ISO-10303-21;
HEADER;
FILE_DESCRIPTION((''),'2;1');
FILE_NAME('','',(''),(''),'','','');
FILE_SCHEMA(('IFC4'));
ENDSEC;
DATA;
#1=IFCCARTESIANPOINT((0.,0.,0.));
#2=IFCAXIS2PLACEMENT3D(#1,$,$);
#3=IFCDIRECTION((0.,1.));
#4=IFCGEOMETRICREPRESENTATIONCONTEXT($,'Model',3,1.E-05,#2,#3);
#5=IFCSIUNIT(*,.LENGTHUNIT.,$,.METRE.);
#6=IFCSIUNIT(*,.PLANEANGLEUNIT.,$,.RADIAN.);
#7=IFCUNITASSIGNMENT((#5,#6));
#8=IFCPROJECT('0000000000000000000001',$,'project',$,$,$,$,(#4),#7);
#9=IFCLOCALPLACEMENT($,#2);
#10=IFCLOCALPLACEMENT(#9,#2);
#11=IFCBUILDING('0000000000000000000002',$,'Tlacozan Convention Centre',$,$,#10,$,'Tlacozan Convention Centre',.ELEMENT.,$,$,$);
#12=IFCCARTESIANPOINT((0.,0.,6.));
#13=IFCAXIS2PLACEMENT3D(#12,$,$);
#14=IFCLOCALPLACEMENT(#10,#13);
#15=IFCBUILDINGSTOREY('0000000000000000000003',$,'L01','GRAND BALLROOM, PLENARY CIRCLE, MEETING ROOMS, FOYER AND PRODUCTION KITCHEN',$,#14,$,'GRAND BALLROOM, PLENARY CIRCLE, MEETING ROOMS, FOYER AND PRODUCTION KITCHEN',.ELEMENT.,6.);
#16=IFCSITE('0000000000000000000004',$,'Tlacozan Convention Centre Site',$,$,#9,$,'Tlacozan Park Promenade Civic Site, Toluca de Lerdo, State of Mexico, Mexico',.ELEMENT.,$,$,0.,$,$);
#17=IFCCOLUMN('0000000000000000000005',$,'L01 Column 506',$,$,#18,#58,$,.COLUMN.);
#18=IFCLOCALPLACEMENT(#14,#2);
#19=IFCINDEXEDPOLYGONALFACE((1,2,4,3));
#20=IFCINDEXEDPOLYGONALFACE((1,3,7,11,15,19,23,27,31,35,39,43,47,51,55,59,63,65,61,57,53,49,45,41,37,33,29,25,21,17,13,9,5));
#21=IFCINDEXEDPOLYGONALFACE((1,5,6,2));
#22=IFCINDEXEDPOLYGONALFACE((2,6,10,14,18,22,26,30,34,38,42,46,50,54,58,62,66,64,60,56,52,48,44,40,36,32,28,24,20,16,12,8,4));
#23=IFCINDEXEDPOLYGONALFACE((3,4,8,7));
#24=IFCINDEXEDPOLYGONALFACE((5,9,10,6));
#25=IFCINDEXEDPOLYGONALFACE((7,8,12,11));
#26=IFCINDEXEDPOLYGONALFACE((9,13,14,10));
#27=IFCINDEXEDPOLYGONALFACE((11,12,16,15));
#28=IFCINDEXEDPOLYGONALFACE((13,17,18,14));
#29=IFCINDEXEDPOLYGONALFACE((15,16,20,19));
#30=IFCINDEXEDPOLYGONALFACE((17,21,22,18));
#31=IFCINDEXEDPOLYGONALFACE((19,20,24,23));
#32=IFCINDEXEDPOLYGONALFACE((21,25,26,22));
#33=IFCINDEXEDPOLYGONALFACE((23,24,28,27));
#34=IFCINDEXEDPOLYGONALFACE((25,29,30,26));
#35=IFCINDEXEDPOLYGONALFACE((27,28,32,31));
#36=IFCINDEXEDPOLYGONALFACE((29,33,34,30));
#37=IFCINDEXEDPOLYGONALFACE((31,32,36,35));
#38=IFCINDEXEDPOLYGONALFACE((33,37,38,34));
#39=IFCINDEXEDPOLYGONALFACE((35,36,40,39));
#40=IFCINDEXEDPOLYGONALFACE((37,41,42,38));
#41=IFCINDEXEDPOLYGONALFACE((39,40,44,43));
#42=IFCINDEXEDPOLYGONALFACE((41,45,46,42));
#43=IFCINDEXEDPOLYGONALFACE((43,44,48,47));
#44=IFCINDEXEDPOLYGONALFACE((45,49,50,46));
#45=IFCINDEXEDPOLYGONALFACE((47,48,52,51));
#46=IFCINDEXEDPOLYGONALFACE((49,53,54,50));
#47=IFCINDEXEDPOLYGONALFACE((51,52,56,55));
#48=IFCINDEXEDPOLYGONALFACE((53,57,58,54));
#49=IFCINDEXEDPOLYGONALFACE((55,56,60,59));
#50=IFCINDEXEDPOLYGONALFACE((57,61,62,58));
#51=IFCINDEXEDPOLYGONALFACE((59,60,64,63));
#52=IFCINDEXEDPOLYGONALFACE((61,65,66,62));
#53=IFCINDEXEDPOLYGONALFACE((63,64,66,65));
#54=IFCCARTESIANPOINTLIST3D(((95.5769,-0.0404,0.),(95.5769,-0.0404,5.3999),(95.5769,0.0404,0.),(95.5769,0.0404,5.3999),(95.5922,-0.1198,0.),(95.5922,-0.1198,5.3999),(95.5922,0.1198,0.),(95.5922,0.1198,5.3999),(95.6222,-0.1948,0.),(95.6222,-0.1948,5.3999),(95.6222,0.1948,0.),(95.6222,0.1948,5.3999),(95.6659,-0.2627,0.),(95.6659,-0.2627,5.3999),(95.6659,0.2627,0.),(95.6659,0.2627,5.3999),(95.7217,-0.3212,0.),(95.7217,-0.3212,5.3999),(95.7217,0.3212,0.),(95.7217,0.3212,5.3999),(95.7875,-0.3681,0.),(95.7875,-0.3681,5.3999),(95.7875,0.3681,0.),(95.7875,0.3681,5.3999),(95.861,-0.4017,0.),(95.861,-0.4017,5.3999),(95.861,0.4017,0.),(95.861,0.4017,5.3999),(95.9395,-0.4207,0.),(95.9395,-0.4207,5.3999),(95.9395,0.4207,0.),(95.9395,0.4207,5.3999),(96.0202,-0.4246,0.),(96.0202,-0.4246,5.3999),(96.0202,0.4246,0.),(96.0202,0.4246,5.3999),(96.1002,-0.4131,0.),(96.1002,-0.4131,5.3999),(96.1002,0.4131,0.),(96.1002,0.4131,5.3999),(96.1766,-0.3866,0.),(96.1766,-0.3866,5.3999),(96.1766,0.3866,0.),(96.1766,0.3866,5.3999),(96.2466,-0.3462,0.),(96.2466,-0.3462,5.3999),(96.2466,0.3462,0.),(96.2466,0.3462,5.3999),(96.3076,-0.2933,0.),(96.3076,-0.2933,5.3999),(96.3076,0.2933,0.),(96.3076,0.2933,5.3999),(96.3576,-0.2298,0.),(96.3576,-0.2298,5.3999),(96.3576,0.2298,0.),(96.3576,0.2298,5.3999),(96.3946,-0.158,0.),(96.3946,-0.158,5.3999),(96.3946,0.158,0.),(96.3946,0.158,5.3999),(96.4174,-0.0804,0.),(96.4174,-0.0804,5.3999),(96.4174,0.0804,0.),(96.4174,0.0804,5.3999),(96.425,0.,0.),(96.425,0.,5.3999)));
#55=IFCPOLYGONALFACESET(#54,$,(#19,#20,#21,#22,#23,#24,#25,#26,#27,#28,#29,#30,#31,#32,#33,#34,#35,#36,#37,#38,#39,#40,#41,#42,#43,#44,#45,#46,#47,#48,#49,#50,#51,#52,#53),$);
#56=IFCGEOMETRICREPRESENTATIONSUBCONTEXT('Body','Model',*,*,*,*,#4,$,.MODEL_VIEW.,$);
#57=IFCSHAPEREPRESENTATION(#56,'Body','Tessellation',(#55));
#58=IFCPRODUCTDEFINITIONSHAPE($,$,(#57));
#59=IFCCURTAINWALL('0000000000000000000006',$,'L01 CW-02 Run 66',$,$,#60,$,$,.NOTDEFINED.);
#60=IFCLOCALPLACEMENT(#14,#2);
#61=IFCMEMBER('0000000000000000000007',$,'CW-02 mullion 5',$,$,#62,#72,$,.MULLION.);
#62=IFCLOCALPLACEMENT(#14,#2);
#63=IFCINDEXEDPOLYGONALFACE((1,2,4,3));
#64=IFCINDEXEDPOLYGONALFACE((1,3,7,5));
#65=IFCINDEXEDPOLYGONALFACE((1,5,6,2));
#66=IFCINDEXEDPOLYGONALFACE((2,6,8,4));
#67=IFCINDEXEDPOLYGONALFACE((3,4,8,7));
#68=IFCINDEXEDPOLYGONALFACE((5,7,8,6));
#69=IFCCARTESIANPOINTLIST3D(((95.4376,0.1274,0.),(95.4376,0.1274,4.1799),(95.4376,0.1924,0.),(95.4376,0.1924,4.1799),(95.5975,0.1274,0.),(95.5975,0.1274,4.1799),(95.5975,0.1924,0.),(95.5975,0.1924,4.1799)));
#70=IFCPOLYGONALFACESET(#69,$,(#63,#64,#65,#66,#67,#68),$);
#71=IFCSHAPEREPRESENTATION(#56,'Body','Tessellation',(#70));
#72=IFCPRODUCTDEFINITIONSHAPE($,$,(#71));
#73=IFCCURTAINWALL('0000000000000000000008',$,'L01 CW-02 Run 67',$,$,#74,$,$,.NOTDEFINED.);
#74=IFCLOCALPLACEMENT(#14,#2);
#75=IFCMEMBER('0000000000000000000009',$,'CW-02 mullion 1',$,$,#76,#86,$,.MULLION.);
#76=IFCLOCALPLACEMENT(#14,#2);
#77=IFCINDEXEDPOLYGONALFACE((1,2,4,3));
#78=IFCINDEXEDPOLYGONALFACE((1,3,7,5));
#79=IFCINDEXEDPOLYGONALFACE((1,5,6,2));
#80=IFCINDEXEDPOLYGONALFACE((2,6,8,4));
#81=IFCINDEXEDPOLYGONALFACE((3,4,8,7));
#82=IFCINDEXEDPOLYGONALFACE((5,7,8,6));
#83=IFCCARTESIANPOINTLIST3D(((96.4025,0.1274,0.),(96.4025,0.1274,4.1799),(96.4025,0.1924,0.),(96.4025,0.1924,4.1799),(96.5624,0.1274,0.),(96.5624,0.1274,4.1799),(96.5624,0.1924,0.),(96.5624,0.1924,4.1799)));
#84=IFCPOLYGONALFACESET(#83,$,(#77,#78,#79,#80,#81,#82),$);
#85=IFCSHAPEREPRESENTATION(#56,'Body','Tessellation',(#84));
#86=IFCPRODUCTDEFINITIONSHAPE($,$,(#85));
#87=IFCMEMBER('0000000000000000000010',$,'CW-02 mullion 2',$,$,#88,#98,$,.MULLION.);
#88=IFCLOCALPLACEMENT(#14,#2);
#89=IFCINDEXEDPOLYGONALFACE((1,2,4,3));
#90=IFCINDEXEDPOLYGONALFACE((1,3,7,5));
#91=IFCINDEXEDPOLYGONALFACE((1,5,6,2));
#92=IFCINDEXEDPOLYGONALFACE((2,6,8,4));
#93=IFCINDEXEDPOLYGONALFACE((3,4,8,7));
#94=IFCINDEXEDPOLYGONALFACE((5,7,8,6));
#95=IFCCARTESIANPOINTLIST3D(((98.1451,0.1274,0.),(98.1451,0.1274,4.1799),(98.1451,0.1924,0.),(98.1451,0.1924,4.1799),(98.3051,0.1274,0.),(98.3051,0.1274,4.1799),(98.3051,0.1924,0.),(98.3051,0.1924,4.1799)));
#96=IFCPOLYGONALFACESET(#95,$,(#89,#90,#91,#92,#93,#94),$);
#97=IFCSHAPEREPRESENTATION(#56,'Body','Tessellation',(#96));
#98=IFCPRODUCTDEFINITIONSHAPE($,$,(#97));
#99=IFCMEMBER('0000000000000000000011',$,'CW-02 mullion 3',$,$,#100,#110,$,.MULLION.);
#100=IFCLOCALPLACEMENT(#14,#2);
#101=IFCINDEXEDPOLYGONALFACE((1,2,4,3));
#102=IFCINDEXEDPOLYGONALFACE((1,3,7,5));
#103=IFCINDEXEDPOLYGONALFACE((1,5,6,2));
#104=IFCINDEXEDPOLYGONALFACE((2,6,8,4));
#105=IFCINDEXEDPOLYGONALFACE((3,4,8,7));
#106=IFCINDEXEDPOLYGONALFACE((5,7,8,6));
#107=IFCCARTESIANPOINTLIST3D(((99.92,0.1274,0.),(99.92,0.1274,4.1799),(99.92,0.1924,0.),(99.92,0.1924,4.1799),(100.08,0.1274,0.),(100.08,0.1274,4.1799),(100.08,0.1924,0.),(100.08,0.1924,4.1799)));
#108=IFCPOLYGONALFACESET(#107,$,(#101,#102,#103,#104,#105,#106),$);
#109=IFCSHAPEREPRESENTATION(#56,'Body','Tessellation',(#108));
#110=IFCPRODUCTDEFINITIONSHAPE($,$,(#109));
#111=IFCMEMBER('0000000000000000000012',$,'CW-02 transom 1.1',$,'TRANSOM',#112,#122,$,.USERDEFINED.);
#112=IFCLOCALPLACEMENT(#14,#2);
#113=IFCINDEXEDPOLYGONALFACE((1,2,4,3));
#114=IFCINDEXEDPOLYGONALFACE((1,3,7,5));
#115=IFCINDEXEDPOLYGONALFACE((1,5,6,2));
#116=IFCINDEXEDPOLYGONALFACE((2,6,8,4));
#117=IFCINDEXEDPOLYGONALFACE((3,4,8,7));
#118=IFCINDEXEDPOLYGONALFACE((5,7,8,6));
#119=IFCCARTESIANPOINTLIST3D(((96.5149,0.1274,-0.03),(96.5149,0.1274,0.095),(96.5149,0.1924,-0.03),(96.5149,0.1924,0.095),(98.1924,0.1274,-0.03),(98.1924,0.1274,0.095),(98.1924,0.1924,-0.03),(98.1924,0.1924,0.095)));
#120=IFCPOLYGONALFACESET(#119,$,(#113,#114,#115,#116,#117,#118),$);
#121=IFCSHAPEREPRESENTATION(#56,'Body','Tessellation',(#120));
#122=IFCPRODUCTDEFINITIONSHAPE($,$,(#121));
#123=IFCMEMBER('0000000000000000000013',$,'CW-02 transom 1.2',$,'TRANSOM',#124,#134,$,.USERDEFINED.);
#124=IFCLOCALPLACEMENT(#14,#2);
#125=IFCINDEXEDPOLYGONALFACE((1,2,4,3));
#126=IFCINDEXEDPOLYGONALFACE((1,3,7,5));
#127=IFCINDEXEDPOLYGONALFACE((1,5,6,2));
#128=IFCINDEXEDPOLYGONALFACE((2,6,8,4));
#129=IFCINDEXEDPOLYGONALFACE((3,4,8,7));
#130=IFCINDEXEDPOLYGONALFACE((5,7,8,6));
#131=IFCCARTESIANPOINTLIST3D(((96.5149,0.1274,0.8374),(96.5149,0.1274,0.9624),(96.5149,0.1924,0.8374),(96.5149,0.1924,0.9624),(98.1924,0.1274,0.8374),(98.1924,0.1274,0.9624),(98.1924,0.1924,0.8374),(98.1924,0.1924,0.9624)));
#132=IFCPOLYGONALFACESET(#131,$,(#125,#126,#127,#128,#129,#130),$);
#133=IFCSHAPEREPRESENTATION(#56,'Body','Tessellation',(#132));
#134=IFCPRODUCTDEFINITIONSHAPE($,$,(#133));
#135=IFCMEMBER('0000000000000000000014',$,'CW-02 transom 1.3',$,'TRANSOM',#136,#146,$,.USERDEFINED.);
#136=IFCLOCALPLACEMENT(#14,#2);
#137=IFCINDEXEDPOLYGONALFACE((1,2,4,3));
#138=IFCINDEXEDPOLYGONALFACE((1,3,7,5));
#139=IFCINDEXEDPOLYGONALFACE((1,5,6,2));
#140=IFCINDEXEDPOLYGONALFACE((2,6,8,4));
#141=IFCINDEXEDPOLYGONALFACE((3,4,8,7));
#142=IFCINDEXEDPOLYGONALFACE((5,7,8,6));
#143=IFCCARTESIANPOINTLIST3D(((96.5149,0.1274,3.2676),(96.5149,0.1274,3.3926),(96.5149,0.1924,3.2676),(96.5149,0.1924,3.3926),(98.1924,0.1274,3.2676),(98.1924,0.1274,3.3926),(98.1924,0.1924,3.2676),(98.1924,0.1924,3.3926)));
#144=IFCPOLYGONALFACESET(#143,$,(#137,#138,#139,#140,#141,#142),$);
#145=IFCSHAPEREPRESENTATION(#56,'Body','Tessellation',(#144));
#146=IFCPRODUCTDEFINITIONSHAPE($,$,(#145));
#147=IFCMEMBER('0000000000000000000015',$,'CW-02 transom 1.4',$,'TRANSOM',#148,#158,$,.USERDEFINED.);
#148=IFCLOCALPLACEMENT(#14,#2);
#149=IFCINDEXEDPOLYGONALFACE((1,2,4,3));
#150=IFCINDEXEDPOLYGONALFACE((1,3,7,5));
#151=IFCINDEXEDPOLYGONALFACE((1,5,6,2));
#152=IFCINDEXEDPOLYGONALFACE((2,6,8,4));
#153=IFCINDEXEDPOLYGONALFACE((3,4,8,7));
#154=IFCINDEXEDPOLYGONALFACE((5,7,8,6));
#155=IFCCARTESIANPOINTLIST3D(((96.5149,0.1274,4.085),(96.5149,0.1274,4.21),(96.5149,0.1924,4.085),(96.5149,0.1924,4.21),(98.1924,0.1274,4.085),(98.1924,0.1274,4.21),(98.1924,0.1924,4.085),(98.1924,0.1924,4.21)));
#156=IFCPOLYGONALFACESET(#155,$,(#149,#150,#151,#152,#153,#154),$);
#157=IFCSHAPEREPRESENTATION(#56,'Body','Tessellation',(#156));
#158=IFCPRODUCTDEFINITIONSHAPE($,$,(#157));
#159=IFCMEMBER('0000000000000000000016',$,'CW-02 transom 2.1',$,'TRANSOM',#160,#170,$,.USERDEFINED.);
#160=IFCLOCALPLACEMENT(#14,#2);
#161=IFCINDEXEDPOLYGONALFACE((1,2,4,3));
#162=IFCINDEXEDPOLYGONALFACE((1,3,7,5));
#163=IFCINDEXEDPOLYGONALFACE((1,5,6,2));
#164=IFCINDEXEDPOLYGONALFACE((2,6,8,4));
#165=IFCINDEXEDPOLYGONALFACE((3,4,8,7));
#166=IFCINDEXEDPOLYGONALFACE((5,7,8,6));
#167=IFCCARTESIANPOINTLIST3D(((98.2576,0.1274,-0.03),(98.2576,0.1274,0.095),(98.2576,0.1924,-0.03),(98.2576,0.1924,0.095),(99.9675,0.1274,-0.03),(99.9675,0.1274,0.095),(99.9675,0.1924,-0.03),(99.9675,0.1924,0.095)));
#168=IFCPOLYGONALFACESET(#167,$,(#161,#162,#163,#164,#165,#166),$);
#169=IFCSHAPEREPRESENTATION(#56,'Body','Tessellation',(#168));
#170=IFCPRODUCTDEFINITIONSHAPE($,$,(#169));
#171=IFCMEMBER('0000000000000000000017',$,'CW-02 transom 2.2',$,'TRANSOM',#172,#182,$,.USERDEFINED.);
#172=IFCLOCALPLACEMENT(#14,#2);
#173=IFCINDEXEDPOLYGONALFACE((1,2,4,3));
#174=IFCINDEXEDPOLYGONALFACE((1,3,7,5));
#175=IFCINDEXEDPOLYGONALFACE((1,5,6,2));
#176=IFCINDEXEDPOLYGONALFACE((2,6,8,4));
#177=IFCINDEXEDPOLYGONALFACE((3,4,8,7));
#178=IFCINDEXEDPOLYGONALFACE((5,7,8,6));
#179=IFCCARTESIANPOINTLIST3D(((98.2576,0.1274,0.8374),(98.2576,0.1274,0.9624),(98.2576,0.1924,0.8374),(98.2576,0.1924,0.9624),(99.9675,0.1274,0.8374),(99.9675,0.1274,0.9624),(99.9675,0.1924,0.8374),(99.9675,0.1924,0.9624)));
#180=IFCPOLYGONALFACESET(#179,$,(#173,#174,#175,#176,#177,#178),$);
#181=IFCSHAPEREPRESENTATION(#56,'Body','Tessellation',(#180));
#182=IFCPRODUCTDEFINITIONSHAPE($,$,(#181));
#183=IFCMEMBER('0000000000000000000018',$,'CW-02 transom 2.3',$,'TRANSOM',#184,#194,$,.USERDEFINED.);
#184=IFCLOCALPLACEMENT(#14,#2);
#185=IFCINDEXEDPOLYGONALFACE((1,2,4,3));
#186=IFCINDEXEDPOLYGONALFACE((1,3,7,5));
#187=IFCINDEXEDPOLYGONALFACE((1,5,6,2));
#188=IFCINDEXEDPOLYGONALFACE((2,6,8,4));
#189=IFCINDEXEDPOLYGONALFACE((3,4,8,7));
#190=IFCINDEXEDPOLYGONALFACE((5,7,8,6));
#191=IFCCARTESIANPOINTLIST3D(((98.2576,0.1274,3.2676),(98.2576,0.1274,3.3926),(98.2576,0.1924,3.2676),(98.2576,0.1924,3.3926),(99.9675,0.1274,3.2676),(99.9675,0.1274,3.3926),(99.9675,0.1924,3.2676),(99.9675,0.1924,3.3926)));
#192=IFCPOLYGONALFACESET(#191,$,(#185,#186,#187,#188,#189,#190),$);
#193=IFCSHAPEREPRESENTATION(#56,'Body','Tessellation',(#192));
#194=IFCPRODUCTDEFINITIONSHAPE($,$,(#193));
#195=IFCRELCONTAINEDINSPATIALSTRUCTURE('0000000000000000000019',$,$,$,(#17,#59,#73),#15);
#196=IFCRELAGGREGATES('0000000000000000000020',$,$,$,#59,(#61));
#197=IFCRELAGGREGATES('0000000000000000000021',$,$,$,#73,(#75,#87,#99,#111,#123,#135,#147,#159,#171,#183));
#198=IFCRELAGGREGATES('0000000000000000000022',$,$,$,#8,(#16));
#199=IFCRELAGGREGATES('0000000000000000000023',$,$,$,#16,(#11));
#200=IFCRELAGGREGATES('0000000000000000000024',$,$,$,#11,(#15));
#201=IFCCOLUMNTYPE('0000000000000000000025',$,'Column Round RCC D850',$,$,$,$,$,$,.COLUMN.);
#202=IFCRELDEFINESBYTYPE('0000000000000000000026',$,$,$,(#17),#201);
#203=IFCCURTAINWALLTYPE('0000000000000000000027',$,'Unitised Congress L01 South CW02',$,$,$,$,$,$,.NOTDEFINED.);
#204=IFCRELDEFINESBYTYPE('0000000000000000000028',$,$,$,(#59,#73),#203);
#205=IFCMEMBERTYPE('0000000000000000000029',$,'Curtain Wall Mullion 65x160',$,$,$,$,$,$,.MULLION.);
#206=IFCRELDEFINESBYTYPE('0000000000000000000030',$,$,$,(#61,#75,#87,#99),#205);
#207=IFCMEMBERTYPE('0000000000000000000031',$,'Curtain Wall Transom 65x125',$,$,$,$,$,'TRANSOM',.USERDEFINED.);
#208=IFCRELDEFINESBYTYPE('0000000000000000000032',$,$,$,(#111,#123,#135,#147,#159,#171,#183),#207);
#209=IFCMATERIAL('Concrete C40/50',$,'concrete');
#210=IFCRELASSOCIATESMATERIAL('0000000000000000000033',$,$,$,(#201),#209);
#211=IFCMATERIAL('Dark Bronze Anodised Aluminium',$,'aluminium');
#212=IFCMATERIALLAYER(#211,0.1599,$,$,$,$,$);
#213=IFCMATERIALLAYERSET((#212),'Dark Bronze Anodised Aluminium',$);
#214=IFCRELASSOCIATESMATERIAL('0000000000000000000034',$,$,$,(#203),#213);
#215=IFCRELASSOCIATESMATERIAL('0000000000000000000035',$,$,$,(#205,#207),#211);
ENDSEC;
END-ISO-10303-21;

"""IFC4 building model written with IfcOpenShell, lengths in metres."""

from ifc_helpers import new_model, si_unit, direction, frame, origin, origin_2d, place, context, subcontext, project, spatial, rectangle, circle, extrude, material, layer, layer_set, material_profile, profile_set, type_object, element, aggregate, save


model = new_model("IFC4")

# Units and contexts
model_context = context("Model", 3, precision=1e-05, world=origin(), true_north=direction((0.0, 1.0)))
body_context = subcontext(model_context, "Body", "Model", "MODEL_VIEW")
ifc_project = project(units=[si_unit("LENGTHUNIT", "METRE"), si_unit("PLANEANGLEUNIT", "RADIAN")], contexts=[model_context])

# Site, building, storey
site_placement = place(None, origin())
site = spatial("IfcSite", under=ifc_project, at=site_placement, Name="Tlacozan Convention Centre Site", LongName="Tlacozan Park Promenade Civic Site, Toluca de Lerdo, State of Mexico, Mexico", CompositionType="ELEMENT", RefElevation=0.0)
building_placement = place(site_placement, origin())
building = spatial("IfcBuilding", under=site, at=building_placement, Name="Tlacozan Convention Centre", LongName="Tlacozan Convention Centre", CompositionType="ELEMENT")
storey_placement = place(building_placement, frame((0.0, 0.0, 6.0)))
storey = spatial("IfcBuildingStorey", under=building, at=storey_placement, Name="L01", Description="GRAND BALLROOM, PLENARY CIRCLE, MEETING ROOMS, FOYER AND PRODUCTION KITCHEN", LongName="GRAND BALLROOM, PLENARY CIRCLE, MEETING ROOMS, FOYER AND PRODUCTION KITCHEN", CompositionType="ELEMENT", Elevation=6.0)

# Column
ifc_material_1 = material(Name="Concrete C40/50", Category="concrete")
ifc_material_profile_1 = material_profile(ifc_material_1, circle(Radius=0.425, at=origin_2d()), Name="RCC D850")
ifc_profile_set_1 = profile_set([ifc_material_profile_1], Name="Concrete C40/50")
column_type = type_object("IfcColumnType", Name="Column Round RCC D850", PredefinedType="COLUMN", material=ifc_profile_set_1)
column_placement = place(storey_placement, frame((96.0, 0.0, 0.0), z_axis=(0.0, 0.0, 1.0), x_axis=(1.0, 0.0, 0.0)))
element("IfcColumn", 1, at=column_placement, inside=storey, type_object=column_type, Name="L01 Column 506", PredefinedType="COLUMN", context=body_context, shape_type="SweptSolid", body=[
    extrude(circle(Radius=0.425, at=origin_2d()), origin(), (0.0, 0.0, 1.0), 5.3999),
])

# Curtain wall, member
ifc_material_2 = material(Name="Dark Bronze Anodised Aluminium", Category="aluminium")
ifc_layer_1 = layer(ifc_material_2, 0.1599)
ifc_layer_set_1 = layer_set([ifc_layer_1], Name="Dark Bronze Anodised Aluminium")
curtain_wall_type = type_object("IfcCurtainWallType", Name="Unitised Congress L01 South CW02", PredefinedType="NOTDEFINED", material=ifc_layer_set_1)
curtain_wall_1_placement = place(storey_placement, origin())
curtain_wall_1 = element("IfcCurtainWall", 2, at=curtain_wall_1_placement, inside=storey, type_object=curtain_wall_type, Name="L01 CW-02 Run 66", PredefinedType="NOTDEFINED")
ifc_material_profile_2 = material_profile(ifc_material_2, rectangle(XDim=0.0649, YDim=0.1599, at=origin_2d()), Name="ALU 65x160")
ifc_profile_set_2 = profile_set([ifc_material_profile_2], Name="Dark Bronze Anodised Aluminium")
member_type_1 = type_object("IfcMemberType", Name="Curtain Wall Mullion 65x160", PredefinedType="MULLION", material=ifc_profile_set_2)
member_1_placement = place(storey_placement, frame((95.5176, 0.1599, 0.0), z_axis=(0.0, 0.0, 1.0), x_axis=(0.0, 1.0, 0.0)))
member_1 = element("IfcMember", 3, at=member_1_placement, type_object=member_type_1, Name="CW-02 mullion 5", PredefinedType="MULLION", context=body_context, shape_type="SweptSolid", body=[
    extrude(rectangle(XDim=0.0649, YDim=0.1599, at=origin_2d()), origin(), (0.0, 0.0, 1.0), 4.1799),
])
aggregate(curtain_wall_1, [member_1])

# Curtain wall, members
curtain_wall_2_placement = place(storey_placement, origin())
curtain_wall_2 = element("IfcCurtainWall", 4, at=curtain_wall_2_placement, inside=storey, type_object=curtain_wall_type, Name="L01 CW-02 Run 67", PredefinedType="NOTDEFINED")
member_2_placement = place(storey_placement, frame((96.4824, 0.1599, 0.0), z_axis=(0.0, 0.0, 1.0), x_axis=(0.0, 1.0, 0.0)))
member_2 = element("IfcMember", 5, at=member_2_placement, type_object=member_type_1, Name="CW-02 mullion 1", PredefinedType="MULLION", context=body_context, shape_type="SweptSolid", body=[
    extrude(rectangle(XDim=0.0649, YDim=0.1599, at=origin_2d()), origin(), (0.0, 0.0, 1.0), 4.1799),
])
member_3_placement = place(storey_placement, frame((98.2251, 0.1599, 0.0), z_axis=(0.0, 0.0, 1.0), x_axis=(0.0, 1.0, 0.0)))
member_3 = element("IfcMember", 6, at=member_3_placement, type_object=member_type_1, Name="CW-02 mullion 2", PredefinedType="MULLION", context=body_context, shape_type="SweptSolid", body=[
    extrude(rectangle(XDim=0.0649, YDim=0.1599, at=origin_2d()), origin(), (0.0, 0.0, 1.0), 4.1799),
])
member_4_placement = place(storey_placement, frame((100.0, 0.1599, 0.0), z_axis=(0.0, 0.0, 1.0), x_axis=(0.0, 1.0, 0.0)))
member_4 = element("IfcMember", 7, at=member_4_placement, type_object=member_type_1, Name="CW-02 mullion 3", PredefinedType="MULLION", context=body_context, shape_type="SweptSolid", body=[
    extrude(rectangle(XDim=0.0649, YDim=0.1599, at=origin_2d()), origin(), (0.0, 0.0, 1.0), 4.1799),
])
ifc_material_profile_3 = material_profile(ifc_material_2, rectangle(XDim=0.0649, YDim=0.125, at=origin_2d()), Name="ALU 65x125")
ifc_profile_set_3 = profile_set([ifc_material_profile_3], Name="Dark Bronze Anodised Aluminium")
member_type_2 = type_object("IfcMemberType", Name="Curtain Wall Transom 65x125", ElementType="TRANSOM", PredefinedType="USERDEFINED", material=ifc_profile_set_3)
member_5_placement = place(storey_placement, frame((96.5149, 0.1599, 0.0325), z_axis=(1.0, 0.0, 0.0), x_axis=(0.0, 1.0, 0.0)))
member_5 = element("IfcMember", 8, at=member_5_placement, type_object=member_type_2, Name="CW-02 transom 1.1", ObjectType="TRANSOM", PredefinedType="USERDEFINED", context=body_context, shape_type="SweptSolid", body=[
    extrude(rectangle(XDim=0.0649, YDim=0.125, at=origin_2d()), origin(), (0.0, 0.0, 1.0), 1.6775),
])
member_6_placement = place(storey_placement, frame((96.5149, 0.1599, 0.8999), z_axis=(1.0, 0.0, 0.0), x_axis=(0.0, 1.0, 0.0)))
member_6 = element("IfcMember", 9, at=member_6_placement, type_object=member_type_2, Name="CW-02 transom 1.2", ObjectType="TRANSOM", PredefinedType="USERDEFINED", context=body_context, shape_type="SweptSolid", body=[
    extrude(rectangle(XDim=0.0649, YDim=0.125, at=origin_2d()), origin(), (0.0, 0.0, 1.0), 1.6775),
])
member_7_placement = place(storey_placement, frame((96.5149, 0.1599, 3.3301), z_axis=(1.0, 0.0, 0.0), x_axis=(0.0, 1.0, 0.0)))
member_7 = element("IfcMember", 10, at=member_7_placement, type_object=member_type_2, Name="CW-02 transom 1.3", ObjectType="TRANSOM", PredefinedType="USERDEFINED", context=body_context, shape_type="SweptSolid", body=[
    extrude(rectangle(XDim=0.0649, YDim=0.125, at=origin_2d()), origin(), (0.0, 0.0, 1.0), 1.6775),
])
member_8_placement = place(storey_placement, frame((96.5149, 0.1599, 4.1475), z_axis=(1.0, 0.0, 0.0), x_axis=(0.0, 1.0, 0.0)))
member_8 = element("IfcMember", 11, at=member_8_placement, type_object=member_type_2, Name="CW-02 transom 1.4", ObjectType="TRANSOM", PredefinedType="USERDEFINED", context=body_context, shape_type="SweptSolid", body=[
    extrude(rectangle(XDim=0.0649, YDim=0.125, at=origin_2d()), origin(), (0.0, 0.0, 1.0), 1.6775),
])
member_9_placement = place(storey_placement, frame((98.2576, 0.1599, 0.0325), z_axis=(1.0, 0.0, 0.0), x_axis=(0.0, 1.0, 0.0)))
member_9 = element("IfcMember", 12, at=member_9_placement, type_object=member_type_2, Name="CW-02 transom 2.1", ObjectType="TRANSOM", PredefinedType="USERDEFINED", context=body_context, shape_type="SweptSolid", body=[
    extrude(rectangle(XDim=0.0649, YDim=0.125, at=origin_2d()), origin(), (0.0, 0.0, 1.0), 1.71),
])
member_10_placement = place(storey_placement, frame((98.2576, 0.1599, 0.8999), z_axis=(1.0, 0.0, 0.0), x_axis=(0.0, 1.0, 0.0)))
member_10 = element("IfcMember", 13, at=member_10_placement, type_object=member_type_2, Name="CW-02 transom 2.2", ObjectType="TRANSOM", PredefinedType="USERDEFINED", context=body_context, shape_type="SweptSolid", body=[
    extrude(rectangle(XDim=0.0649, YDim=0.125, at=origin_2d()), origin(), (0.0, 0.0, 1.0), 1.71),
])
member_11_placement = place(storey_placement, frame((98.2576, 0.1599, 3.3301), z_axis=(1.0, 0.0, 0.0), x_axis=(0.0, 1.0, 0.0)))
member_11 = element("IfcMember", 14, at=member_11_placement, type_object=member_type_2, Name="CW-02 transom 2.3", ObjectType="TRANSOM", PredefinedType="USERDEFINED", context=body_context, shape_type="SweptSolid", body=[
    extrude(rectangle(XDim=0.0649, YDim=0.125, at=origin_2d()), origin(), (0.0, 0.0, 1.0), 1.71),
])

aggregate(curtain_wall_2, [member_2, member_3, member_4, member_5, member_6, member_7, member_8, member_9, member_10, member_11])

save(model, "model.ifc")
